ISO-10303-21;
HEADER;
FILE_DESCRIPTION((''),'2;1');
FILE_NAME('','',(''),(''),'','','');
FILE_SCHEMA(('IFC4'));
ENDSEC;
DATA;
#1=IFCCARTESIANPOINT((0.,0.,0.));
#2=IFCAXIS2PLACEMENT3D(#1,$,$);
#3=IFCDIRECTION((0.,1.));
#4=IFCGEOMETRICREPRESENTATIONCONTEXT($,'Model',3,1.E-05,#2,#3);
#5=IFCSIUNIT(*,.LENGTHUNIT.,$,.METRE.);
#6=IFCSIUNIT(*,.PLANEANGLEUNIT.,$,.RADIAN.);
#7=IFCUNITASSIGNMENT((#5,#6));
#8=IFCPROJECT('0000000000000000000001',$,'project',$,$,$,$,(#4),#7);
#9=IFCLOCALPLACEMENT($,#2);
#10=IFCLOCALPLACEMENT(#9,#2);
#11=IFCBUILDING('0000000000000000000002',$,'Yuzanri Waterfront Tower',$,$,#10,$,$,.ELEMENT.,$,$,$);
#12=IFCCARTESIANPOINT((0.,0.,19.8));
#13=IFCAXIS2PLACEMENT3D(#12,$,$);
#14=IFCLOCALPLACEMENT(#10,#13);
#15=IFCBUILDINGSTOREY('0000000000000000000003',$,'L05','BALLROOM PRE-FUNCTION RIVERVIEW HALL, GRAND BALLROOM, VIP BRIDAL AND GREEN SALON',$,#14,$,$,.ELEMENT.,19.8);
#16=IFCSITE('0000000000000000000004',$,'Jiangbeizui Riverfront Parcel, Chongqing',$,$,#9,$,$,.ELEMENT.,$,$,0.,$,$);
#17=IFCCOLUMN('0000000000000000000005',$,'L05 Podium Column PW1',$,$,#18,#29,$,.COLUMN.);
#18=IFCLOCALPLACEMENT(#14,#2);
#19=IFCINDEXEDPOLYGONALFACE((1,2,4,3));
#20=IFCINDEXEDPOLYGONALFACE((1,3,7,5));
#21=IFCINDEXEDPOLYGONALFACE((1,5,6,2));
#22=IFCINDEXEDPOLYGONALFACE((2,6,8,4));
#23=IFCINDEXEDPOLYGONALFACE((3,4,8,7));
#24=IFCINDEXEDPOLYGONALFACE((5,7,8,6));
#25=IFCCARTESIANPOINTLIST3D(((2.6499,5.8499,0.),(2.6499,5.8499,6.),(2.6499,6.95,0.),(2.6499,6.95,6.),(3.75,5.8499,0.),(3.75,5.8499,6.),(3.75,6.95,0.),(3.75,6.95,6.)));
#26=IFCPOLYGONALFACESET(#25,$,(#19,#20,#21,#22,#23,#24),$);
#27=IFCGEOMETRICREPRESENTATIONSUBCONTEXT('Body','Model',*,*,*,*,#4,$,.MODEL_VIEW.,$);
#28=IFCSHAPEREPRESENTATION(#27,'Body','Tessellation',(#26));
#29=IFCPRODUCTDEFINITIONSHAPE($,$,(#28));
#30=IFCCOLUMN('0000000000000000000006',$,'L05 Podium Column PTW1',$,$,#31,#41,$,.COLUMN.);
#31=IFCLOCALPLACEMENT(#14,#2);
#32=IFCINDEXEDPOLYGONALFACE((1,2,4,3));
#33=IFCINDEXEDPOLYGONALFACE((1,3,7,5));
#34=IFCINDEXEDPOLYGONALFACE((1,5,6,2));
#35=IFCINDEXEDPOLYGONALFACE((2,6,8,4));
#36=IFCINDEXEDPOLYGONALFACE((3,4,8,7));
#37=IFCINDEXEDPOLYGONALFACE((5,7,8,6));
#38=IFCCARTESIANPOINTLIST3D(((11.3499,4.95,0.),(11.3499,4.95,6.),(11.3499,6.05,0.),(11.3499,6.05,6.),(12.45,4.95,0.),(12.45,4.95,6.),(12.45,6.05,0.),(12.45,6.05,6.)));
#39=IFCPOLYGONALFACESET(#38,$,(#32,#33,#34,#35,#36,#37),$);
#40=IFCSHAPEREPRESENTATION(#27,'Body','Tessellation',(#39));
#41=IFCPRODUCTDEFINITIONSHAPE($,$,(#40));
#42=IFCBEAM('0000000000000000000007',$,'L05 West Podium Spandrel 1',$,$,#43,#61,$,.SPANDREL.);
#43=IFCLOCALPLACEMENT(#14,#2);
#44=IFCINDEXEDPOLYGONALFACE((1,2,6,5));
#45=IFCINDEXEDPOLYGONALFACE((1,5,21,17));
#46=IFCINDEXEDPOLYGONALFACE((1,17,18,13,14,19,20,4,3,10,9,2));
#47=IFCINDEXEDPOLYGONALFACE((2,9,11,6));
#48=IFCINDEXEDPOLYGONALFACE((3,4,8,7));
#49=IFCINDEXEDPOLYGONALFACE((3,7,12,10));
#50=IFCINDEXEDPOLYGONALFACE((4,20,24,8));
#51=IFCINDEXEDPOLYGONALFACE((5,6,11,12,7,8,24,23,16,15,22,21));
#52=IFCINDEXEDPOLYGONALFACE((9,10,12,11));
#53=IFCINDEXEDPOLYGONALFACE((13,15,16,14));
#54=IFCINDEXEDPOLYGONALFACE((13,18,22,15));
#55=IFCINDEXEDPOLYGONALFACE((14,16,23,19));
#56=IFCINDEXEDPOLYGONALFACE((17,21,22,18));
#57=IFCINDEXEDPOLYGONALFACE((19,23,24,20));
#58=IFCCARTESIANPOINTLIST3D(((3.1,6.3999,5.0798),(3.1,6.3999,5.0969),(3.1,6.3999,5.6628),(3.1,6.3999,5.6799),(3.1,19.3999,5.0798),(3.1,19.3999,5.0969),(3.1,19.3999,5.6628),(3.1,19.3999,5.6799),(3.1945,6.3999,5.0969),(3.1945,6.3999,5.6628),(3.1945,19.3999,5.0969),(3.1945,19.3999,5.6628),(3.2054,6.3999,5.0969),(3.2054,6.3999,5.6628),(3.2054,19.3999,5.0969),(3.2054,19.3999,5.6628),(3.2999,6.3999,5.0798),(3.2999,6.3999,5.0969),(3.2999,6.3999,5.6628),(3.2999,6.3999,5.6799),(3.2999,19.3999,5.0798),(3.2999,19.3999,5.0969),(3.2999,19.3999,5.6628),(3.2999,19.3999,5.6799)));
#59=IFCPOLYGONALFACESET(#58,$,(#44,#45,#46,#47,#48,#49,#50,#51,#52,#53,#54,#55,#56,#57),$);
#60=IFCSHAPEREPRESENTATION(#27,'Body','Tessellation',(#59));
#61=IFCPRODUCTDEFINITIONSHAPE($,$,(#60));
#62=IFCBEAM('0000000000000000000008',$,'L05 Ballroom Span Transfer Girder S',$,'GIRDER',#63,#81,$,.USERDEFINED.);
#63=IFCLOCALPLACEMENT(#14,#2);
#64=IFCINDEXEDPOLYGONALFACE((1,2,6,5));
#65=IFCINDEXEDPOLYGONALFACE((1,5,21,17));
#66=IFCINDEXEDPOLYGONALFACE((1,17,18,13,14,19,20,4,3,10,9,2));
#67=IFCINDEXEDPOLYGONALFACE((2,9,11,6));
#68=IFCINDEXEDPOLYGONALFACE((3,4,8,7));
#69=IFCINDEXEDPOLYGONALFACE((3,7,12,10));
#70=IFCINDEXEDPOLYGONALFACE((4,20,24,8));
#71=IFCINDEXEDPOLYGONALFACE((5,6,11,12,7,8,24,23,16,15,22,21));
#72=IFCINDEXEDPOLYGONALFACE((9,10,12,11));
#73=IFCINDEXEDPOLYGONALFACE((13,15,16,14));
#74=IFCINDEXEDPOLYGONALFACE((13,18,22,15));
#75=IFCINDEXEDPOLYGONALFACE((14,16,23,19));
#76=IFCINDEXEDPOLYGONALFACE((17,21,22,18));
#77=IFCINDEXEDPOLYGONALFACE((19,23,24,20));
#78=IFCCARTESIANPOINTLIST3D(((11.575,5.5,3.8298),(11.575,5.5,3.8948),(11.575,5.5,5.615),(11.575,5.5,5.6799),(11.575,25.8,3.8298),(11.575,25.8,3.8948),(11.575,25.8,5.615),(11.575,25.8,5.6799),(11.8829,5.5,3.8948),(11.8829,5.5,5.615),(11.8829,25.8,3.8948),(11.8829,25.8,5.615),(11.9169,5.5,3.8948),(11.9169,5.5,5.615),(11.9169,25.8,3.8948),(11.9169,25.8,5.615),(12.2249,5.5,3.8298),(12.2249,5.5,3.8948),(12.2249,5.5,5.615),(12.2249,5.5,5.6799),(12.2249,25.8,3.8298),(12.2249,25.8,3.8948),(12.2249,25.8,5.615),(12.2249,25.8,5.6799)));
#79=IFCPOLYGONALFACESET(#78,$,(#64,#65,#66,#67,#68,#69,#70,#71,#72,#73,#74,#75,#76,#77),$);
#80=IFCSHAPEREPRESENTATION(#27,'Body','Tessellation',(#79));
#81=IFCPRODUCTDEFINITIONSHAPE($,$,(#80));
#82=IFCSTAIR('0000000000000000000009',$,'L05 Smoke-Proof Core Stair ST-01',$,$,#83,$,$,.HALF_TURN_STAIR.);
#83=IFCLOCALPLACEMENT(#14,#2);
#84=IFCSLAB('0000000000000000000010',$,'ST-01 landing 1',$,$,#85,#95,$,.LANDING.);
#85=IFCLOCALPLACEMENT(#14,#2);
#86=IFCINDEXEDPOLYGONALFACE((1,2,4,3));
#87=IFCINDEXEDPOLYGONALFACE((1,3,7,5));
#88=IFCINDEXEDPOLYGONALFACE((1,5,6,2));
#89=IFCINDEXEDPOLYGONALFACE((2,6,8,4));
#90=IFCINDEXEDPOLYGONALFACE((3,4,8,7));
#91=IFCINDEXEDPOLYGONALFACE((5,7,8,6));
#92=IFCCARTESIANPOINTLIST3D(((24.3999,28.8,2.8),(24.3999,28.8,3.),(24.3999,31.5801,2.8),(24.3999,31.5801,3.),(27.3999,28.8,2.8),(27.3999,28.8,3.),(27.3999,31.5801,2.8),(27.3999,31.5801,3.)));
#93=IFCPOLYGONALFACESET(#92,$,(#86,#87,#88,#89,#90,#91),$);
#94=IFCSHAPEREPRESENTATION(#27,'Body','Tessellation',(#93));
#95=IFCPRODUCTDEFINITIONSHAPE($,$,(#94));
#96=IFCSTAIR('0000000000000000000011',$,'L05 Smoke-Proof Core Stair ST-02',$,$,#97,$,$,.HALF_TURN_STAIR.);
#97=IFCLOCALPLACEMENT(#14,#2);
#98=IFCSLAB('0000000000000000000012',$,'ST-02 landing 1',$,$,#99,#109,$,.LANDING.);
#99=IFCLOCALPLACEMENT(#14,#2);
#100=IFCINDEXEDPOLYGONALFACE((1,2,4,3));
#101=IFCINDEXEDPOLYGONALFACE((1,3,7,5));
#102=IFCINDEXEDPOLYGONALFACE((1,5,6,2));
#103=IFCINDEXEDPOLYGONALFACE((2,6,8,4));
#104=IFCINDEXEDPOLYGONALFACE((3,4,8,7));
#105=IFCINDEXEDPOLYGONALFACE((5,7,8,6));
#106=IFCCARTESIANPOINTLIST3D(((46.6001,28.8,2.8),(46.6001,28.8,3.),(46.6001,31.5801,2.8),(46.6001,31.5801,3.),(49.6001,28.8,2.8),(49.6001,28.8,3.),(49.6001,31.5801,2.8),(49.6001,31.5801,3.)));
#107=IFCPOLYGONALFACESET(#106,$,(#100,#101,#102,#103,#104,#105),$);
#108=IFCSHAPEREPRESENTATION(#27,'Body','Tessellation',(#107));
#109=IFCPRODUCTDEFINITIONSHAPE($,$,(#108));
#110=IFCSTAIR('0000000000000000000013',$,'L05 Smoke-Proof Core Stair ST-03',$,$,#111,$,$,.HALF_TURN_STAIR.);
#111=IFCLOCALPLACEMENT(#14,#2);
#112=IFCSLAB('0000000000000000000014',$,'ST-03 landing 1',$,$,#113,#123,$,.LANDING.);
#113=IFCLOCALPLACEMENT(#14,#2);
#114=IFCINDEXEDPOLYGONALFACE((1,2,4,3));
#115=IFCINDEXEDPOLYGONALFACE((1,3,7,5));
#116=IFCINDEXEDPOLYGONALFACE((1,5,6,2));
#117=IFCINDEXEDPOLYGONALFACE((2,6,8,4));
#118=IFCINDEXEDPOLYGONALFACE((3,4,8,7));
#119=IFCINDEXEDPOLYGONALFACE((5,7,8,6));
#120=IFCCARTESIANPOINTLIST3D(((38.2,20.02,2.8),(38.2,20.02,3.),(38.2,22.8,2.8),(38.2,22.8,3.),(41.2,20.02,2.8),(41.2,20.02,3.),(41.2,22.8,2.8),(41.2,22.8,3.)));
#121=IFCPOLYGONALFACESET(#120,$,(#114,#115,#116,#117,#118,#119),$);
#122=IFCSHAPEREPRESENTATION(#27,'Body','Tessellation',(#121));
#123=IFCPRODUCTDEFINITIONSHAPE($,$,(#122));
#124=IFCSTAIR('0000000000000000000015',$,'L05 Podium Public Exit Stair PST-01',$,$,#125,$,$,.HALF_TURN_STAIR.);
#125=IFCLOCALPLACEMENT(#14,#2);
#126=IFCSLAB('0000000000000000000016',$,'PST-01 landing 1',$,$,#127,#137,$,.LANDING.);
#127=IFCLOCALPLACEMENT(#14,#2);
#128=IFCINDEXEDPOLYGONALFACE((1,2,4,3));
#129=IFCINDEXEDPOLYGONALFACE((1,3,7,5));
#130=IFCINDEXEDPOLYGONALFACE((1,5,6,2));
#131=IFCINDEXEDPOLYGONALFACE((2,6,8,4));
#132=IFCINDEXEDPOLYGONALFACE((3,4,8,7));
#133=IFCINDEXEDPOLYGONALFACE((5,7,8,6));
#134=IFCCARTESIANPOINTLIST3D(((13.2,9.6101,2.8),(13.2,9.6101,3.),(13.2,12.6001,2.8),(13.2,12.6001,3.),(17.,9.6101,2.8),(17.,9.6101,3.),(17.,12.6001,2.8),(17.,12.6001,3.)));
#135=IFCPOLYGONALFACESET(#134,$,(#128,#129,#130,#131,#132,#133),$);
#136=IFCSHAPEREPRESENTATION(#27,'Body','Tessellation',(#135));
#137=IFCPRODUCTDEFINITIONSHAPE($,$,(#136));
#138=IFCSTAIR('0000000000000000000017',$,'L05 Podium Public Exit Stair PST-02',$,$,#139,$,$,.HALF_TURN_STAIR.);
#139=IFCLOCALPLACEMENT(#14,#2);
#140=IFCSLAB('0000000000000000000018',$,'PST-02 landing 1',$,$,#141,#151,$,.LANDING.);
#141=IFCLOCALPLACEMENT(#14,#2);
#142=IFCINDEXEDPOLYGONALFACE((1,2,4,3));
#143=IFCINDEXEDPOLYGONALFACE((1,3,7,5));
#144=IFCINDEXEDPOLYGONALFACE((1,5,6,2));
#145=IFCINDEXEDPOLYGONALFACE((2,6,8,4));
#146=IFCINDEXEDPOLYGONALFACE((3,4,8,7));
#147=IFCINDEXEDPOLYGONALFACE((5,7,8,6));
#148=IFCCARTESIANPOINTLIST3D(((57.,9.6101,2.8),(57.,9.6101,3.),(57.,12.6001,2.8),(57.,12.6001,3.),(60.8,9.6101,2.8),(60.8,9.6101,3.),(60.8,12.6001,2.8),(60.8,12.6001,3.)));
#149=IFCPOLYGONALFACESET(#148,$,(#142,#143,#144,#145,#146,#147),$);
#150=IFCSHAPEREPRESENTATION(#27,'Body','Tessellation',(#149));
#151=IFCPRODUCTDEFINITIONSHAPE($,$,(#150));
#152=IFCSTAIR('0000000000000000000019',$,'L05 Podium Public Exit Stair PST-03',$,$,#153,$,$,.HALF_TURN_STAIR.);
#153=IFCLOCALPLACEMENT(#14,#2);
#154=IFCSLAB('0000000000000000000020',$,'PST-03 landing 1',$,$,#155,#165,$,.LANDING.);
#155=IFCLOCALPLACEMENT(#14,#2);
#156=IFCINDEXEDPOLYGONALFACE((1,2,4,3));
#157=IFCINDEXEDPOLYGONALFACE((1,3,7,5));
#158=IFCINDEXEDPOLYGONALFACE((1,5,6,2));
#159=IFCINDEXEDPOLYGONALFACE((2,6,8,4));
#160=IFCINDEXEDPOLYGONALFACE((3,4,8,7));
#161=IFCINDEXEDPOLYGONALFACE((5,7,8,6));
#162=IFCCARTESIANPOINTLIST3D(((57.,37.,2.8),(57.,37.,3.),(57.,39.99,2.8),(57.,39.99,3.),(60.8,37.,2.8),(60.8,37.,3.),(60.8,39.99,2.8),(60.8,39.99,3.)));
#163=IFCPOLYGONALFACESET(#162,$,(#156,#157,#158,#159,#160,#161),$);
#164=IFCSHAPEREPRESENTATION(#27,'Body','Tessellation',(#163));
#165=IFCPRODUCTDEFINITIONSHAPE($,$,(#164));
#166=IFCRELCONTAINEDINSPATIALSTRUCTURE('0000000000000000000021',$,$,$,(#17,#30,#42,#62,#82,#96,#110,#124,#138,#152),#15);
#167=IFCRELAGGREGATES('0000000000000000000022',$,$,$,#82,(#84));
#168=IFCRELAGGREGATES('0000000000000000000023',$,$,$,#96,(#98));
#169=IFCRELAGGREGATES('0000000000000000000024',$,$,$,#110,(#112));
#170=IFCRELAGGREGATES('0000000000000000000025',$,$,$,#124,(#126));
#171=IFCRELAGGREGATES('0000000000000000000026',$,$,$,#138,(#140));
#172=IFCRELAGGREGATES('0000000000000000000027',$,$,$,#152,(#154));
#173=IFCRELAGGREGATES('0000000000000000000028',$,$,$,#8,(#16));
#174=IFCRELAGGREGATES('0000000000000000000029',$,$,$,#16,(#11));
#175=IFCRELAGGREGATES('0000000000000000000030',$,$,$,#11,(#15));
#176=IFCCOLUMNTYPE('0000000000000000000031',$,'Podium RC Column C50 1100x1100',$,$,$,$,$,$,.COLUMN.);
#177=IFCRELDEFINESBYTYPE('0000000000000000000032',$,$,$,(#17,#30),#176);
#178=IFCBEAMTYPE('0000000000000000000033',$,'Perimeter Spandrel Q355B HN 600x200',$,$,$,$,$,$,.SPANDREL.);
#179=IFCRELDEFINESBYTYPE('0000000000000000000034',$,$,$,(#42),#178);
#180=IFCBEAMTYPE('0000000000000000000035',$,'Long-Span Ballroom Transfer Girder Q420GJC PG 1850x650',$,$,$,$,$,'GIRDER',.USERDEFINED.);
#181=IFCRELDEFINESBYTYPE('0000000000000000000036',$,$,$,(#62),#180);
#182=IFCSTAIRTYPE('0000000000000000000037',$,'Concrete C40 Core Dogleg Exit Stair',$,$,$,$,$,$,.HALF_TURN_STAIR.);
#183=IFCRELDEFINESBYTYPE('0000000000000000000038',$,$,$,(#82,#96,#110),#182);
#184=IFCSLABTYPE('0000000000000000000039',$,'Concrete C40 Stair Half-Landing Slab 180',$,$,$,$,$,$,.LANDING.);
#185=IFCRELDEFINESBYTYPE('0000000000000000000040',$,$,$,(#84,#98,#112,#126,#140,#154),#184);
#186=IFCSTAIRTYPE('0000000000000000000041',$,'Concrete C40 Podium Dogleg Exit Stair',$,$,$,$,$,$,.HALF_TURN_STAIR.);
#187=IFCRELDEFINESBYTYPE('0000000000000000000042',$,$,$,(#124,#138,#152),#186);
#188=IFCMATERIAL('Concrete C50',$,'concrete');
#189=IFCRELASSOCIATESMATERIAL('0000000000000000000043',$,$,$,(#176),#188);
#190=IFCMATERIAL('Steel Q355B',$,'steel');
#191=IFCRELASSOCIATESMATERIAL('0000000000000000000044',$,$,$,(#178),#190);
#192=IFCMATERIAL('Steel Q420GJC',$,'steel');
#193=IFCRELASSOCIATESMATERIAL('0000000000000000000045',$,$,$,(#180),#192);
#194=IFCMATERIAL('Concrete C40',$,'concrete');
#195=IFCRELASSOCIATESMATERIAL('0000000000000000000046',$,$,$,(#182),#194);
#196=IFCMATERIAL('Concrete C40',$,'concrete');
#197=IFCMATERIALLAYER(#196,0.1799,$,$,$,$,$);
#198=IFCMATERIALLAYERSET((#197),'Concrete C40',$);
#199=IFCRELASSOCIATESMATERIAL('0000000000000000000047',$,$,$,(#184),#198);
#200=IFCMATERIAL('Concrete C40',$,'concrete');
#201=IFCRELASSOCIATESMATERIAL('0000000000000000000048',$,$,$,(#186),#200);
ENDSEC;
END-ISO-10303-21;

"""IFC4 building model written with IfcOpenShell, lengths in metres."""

from ifc_helpers import new_model, si_unit, direction, frame, origin, origin_2d, place, context, subcontext, project, spatial, polyline, rectangle, i_section, outline, extrude, source, transform, mapped, material, layer, layer_set, material_profile, profile_set, type_object, element, aggregate, save


model = new_model("IFC4")

# Units and contexts
model_context = context("Model", 3, precision=1e-05, world=origin(), true_north=direction((0.0, 1.0)))
body_context = subcontext(model_context, "Body", "Model", "MODEL_VIEW")
ifc_project = project(units=[si_unit("LENGTHUNIT", "METRE"), si_unit("PLANEANGLEUNIT", "RADIAN")], contexts=[model_context])

# Site, building, storey
site_placement = place(None, origin())
site = spatial("IfcSite", under=ifc_project, at=site_placement, Name="Jiangbeizui Riverfront Parcel, Chongqing", CompositionType="ELEMENT", RefElevation=0.0)
building_placement = place(site_placement, origin())
building = spatial("IfcBuilding", under=site, at=building_placement, Name="Yuzanri Waterfront Tower", CompositionType="ELEMENT")
storey_placement = place(building_placement, frame((0.0, 0.0, 19.8)))
storey = spatial("IfcBuildingStorey", under=building, at=storey_placement, Name="L05", Description="BALLROOM PRE-FUNCTION RIVERVIEW HALL, GRAND BALLROOM, VIP BRIDAL AND GREEN SALON", CompositionType="ELEMENT", Elevation=19.8)

# Columns
ifc_material_1 = material(Name="Concrete C50", Category="concrete")
ifc_material_profile_1 = material_profile(ifc_material_1, rectangle(XDim=1.1001, YDim=1.1001, at=origin_2d()), Name="RC 1100x1100")
ifc_profile_set_1 = profile_set([ifc_material_profile_1], Name="Concrete C50")
column_type = type_object("IfcColumnType", Name="Podium RC Column C50 1100x1100", PredefinedType="COLUMN", material=ifc_profile_set_1)
shared_shape_1 = source(origin(), body_context, "Body", "SweptSolid", [
    extrude(rectangle(XDim=1.1001, YDim=1.1001, at=origin_2d()), origin(), (0.0, 0.0, 1.0), 6.0),
])
for number, where, z_axis, x_axis, name in (
    (1, (3.2, 6.3999, 0.0), (0.0, 0.0, 1.0), (1.0, 0.0, 0.0), "L05 Podium Column PW1"),
    (2, (11.8999, 5.5, 0.0), (0.0, 0.0, 1.0), (1.0, 0.0, 0.0), "L05 Podium Column PTW1"),
):
    element("IfcColumn", number, at=place(storey_placement, frame(where, z_axis=z_axis, x_axis=x_axis)), inside=storey, type_object=column_type, Name=name, PredefinedType="COLUMN", context=body_context, shape_type="MappedRepresentation", body=[
        mapped(shared_shape_1, transform((0.0, 0.0, 0.0), scale=1.0)),
    ])

# Beams
ifc_material_2 = material(Name="Steel Q355B", Category="steel")
ifc_material_profile_2 = material_profile(ifc_material_2, i_section(OverallWidth=0.2, OverallDepth=0.6001, WebThickness=0.011, FlangeThickness=0.0171, at=origin_2d()), Name="HN 600x200x11x17")
ifc_profile_set_2 = profile_set([ifc_material_profile_2], Name="Steel Q355B")
beam_type_1 = type_object("IfcBeamType", Name="Perimeter Spandrel Q355B HN 600x200", PredefinedType="SPANDREL", material=ifc_profile_set_2)
shared_shape_2 = source(origin(), body_context, "Body", "SweptSolid", [
    extrude(i_section(OverallWidth=0.2, OverallDepth=0.6001, WebThickness=0.011, FlangeThickness=0.0171, at=origin_2d()), origin(), (0.0, 0.0, 1.0), 13.0),
])
beam_1_placement = place(storey_placement, frame((3.2, 6.3999, 5.3799), z_axis=(0.0, 1.0, 0.0), x_axis=(-1.0, 0.0, 0.0)))
element("IfcBeam", 3, at=beam_1_placement, inside=storey, type_object=beam_type_1, Name="L05 West Podium Spandrel 1", PredefinedType="SPANDREL", context=body_context, shape_type="MappedRepresentation", body=[
    mapped(shared_shape_2, transform((0.0, 0.0, 0.0), scale=1.0)),
])
ifc_material_3 = material(Name="Steel Q420GJC", Category="steel")
ifc_material_profile_3 = material_profile(ifc_material_3, i_section(OverallWidth=0.6499, OverallDepth=1.8501, WebThickness=0.0339, FlangeThickness=0.0649, at=origin_2d()), Name="PG 1850x650x34x65")
ifc_profile_set_3 = profile_set([ifc_material_profile_3], Name="Steel Q420GJC")
beam_type_2 = type_object("IfcBeamType", Name="Long-Span Ballroom Transfer Girder Q420GJC PG 1850x650", ElementType="GIRDER", PredefinedType="USERDEFINED", material=ifc_profile_set_3)
shared_shape_3 = source(origin(), body_context, "Body", "SweptSolid", [
    extrude(i_section(OverallWidth=0.6499, OverallDepth=1.8501, WebThickness=0.0339, FlangeThickness=0.0649, at=origin_2d()), origin(), (0.0, 0.0, 1.0), 20.3),
])
beam_2_placement = place(storey_placement, frame((11.8999, 5.5, 4.7549), z_axis=(0.0, 1.0, 0.0), x_axis=(-1.0, 0.0, 0.0)))
element("IfcBeam", 4, at=beam_2_placement, inside=storey, type_object=beam_type_2, Name="L05 Ballroom Span Transfer Girder S", ObjectType="GIRDER", PredefinedType="USERDEFINED", context=body_context, shape_type="MappedRepresentation", body=[
    mapped(shared_shape_3, transform((0.0, 0.0, 0.0), scale=1.0)),
])

# Stairs, slabs
ifc_material_4 = material(Name="Concrete C40", Category="concrete")
stair_type_1 = type_object("IfcStairType", Name="Concrete C40 Core Dogleg Exit Stair", PredefinedType="HALF_TURN_STAIR", material=ifc_material_4)
stair_1_placement = place(storey_placement, origin())
stair_1 = element("IfcStair", 5, at=stair_1_placement, inside=storey, type_object=stair_type_1, Name="L05 Smoke-Proof Core Stair ST-01", PredefinedType="HALF_TURN_STAIR")
ifc_material_5 = material(Name="Concrete C40", Category="concrete")
ifc_layer_1 = layer(ifc_material_5, 0.1799)
ifc_layer_set_1 = layer_set([ifc_layer_1], Name="Concrete C40")
slab_type_1 = type_object("IfcSlabType", Name="Concrete C40 Stair Half-Landing Slab 180", PredefinedType="LANDING", material=ifc_layer_set_1)
slab_1_placement = place(storey_placement, frame((0.0, 0.0, 2.8)))
slab_1 = element("IfcSlab", 6, at=slab_1_placement, type_object=slab_type_1, Name="ST-01 landing 1", PredefinedType="LANDING", context=body_context, shape_type="SweptSolid", body=[
    extrude(outline(polyline([(27.3999, 28.8), (27.3999, 31.5801), (24.3999, 31.5801), (24.3999, 28.8), (27.3999, 28.8)])), origin(), (0.0, 0.0, 1.0), 0.2),
])
aggregate(stair_1, [slab_1])
stair_2_placement = place(storey_placement, origin())
stair_2 = element("IfcStair", 7, at=stair_2_placement, inside=storey, type_object=stair_type_1, Name="L05 Smoke-Proof Core Stair ST-02", PredefinedType="HALF_TURN_STAIR")
slab_2_placement = place(storey_placement, frame((0.0, 0.0, 2.8)))
slab_2 = element("IfcSlab", 8, at=slab_2_placement, type_object=slab_type_1, Name="ST-02 landing 1", PredefinedType="LANDING", context=body_context, shape_type="SweptSolid", body=[
    extrude(outline(polyline([(49.6001, 28.8), (49.6001, 31.5801), (46.6001, 31.5801), (46.6001, 28.8), (49.6001, 28.8)])), origin(), (0.0, 0.0, 1.0), 0.2),
])
aggregate(stair_2, [slab_2])
stair_3_placement = place(storey_placement, origin())
stair_3 = element("IfcStair", 9, at=stair_3_placement, inside=storey, type_object=stair_type_1, Name="L05 Smoke-Proof Core Stair ST-03", PredefinedType="HALF_TURN_STAIR")
slab_3_placement = place(storey_placement, frame((0.0, 0.0, 2.8)))
slab_3 = element("IfcSlab", 10, at=slab_3_placement, type_object=slab_type_1, Name="ST-03 landing 1", PredefinedType="LANDING", context=body_context, shape_type="SweptSolid", body=[
    extrude(outline(polyline([(38.2, 22.8), (38.2, 20.02), (41.2, 20.02), (41.2, 22.8), (38.2, 22.8)])), origin(), (0.0, 0.0, 1.0), 0.2),
])
aggregate(stair_3, [slab_3])
ifc_material_6 = material(Name="Concrete C40", Category="concrete")
stair_type_2 = type_object("IfcStairType", Name="Concrete C40 Podium Dogleg Exit Stair", PredefinedType="HALF_TURN_STAIR", material=ifc_material_6)
stair_4_placement = place(storey_placement, origin())
stair_4 = element("IfcStair", 11, at=stair_4_placement, inside=storey, type_object=stair_type_2, Name="L05 Podium Public Exit Stair PST-01", PredefinedType="HALF_TURN_STAIR")
slab_4_placement = place(storey_placement, frame((0.0, 0.0, 2.8)))
slab_4 = element("IfcSlab", 12, at=slab_4_placement, type_object=slab_type_1, Name="PST-01 landing 1", PredefinedType="LANDING", context=body_context, shape_type="SweptSolid", body=[
    extrude(outline(polyline([(17.0, 9.6101), (17.0, 12.6001), (13.2, 12.6001), (13.2, 9.6101), (17.0, 9.6101)])), origin(), (0.0, 0.0, 1.0), 0.2),
])
aggregate(stair_4, [slab_4])
stair_5_placement = place(storey_placement, origin())
stair_5 = element("IfcStair", 13, at=stair_5_placement, inside=storey, type_object=stair_type_2, Name="L05 Podium Public Exit Stair PST-02", PredefinedType="HALF_TURN_STAIR")
slab_5_placement = place(storey_placement, frame((0.0, 0.0, 2.8)))
slab_5 = element("IfcSlab", 14, at=slab_5_placement, type_object=slab_type_1, Name="PST-02 landing 1", PredefinedType="LANDING", context=body_context, shape_type="SweptSolid", body=[
    extrude(outline(polyline([(60.8, 9.6101), (60.8, 12.6001), (57.0, 12.6001), (57.0, 9.6101), (60.8, 9.6101)])), origin(), (0.0, 0.0, 1.0), 0.2),
])
aggregate(stair_5, [slab_5])
stair_6_placement = place(storey_placement, origin())
stair_6 = element("IfcStair", 15, at=stair_6_placement, inside=storey, type_object=stair_type_2, Name="L05 Podium Public Exit Stair PST-03", PredefinedType="HALF_TURN_STAIR")
slab_6_placement = place(storey_placement, frame((0.0, 0.0, 2.8)))
slab_6 = element("IfcSlab", 16, at=slab_6_placement, type_object=slab_type_1, Name="PST-03 landing 1", PredefinedType="LANDING", context=body_context, shape_type="SweptSolid", body=[
    extrude(outline(polyline([(57.0, 39.99), (57.0, 37.0), (60.8, 37.0), (60.8, 39.99), (57.0, 39.99)])), origin(), (0.0, 0.0, 1.0), 0.2),
])
aggregate(stair_6, [slab_6])

save(model, "model.ifc")
